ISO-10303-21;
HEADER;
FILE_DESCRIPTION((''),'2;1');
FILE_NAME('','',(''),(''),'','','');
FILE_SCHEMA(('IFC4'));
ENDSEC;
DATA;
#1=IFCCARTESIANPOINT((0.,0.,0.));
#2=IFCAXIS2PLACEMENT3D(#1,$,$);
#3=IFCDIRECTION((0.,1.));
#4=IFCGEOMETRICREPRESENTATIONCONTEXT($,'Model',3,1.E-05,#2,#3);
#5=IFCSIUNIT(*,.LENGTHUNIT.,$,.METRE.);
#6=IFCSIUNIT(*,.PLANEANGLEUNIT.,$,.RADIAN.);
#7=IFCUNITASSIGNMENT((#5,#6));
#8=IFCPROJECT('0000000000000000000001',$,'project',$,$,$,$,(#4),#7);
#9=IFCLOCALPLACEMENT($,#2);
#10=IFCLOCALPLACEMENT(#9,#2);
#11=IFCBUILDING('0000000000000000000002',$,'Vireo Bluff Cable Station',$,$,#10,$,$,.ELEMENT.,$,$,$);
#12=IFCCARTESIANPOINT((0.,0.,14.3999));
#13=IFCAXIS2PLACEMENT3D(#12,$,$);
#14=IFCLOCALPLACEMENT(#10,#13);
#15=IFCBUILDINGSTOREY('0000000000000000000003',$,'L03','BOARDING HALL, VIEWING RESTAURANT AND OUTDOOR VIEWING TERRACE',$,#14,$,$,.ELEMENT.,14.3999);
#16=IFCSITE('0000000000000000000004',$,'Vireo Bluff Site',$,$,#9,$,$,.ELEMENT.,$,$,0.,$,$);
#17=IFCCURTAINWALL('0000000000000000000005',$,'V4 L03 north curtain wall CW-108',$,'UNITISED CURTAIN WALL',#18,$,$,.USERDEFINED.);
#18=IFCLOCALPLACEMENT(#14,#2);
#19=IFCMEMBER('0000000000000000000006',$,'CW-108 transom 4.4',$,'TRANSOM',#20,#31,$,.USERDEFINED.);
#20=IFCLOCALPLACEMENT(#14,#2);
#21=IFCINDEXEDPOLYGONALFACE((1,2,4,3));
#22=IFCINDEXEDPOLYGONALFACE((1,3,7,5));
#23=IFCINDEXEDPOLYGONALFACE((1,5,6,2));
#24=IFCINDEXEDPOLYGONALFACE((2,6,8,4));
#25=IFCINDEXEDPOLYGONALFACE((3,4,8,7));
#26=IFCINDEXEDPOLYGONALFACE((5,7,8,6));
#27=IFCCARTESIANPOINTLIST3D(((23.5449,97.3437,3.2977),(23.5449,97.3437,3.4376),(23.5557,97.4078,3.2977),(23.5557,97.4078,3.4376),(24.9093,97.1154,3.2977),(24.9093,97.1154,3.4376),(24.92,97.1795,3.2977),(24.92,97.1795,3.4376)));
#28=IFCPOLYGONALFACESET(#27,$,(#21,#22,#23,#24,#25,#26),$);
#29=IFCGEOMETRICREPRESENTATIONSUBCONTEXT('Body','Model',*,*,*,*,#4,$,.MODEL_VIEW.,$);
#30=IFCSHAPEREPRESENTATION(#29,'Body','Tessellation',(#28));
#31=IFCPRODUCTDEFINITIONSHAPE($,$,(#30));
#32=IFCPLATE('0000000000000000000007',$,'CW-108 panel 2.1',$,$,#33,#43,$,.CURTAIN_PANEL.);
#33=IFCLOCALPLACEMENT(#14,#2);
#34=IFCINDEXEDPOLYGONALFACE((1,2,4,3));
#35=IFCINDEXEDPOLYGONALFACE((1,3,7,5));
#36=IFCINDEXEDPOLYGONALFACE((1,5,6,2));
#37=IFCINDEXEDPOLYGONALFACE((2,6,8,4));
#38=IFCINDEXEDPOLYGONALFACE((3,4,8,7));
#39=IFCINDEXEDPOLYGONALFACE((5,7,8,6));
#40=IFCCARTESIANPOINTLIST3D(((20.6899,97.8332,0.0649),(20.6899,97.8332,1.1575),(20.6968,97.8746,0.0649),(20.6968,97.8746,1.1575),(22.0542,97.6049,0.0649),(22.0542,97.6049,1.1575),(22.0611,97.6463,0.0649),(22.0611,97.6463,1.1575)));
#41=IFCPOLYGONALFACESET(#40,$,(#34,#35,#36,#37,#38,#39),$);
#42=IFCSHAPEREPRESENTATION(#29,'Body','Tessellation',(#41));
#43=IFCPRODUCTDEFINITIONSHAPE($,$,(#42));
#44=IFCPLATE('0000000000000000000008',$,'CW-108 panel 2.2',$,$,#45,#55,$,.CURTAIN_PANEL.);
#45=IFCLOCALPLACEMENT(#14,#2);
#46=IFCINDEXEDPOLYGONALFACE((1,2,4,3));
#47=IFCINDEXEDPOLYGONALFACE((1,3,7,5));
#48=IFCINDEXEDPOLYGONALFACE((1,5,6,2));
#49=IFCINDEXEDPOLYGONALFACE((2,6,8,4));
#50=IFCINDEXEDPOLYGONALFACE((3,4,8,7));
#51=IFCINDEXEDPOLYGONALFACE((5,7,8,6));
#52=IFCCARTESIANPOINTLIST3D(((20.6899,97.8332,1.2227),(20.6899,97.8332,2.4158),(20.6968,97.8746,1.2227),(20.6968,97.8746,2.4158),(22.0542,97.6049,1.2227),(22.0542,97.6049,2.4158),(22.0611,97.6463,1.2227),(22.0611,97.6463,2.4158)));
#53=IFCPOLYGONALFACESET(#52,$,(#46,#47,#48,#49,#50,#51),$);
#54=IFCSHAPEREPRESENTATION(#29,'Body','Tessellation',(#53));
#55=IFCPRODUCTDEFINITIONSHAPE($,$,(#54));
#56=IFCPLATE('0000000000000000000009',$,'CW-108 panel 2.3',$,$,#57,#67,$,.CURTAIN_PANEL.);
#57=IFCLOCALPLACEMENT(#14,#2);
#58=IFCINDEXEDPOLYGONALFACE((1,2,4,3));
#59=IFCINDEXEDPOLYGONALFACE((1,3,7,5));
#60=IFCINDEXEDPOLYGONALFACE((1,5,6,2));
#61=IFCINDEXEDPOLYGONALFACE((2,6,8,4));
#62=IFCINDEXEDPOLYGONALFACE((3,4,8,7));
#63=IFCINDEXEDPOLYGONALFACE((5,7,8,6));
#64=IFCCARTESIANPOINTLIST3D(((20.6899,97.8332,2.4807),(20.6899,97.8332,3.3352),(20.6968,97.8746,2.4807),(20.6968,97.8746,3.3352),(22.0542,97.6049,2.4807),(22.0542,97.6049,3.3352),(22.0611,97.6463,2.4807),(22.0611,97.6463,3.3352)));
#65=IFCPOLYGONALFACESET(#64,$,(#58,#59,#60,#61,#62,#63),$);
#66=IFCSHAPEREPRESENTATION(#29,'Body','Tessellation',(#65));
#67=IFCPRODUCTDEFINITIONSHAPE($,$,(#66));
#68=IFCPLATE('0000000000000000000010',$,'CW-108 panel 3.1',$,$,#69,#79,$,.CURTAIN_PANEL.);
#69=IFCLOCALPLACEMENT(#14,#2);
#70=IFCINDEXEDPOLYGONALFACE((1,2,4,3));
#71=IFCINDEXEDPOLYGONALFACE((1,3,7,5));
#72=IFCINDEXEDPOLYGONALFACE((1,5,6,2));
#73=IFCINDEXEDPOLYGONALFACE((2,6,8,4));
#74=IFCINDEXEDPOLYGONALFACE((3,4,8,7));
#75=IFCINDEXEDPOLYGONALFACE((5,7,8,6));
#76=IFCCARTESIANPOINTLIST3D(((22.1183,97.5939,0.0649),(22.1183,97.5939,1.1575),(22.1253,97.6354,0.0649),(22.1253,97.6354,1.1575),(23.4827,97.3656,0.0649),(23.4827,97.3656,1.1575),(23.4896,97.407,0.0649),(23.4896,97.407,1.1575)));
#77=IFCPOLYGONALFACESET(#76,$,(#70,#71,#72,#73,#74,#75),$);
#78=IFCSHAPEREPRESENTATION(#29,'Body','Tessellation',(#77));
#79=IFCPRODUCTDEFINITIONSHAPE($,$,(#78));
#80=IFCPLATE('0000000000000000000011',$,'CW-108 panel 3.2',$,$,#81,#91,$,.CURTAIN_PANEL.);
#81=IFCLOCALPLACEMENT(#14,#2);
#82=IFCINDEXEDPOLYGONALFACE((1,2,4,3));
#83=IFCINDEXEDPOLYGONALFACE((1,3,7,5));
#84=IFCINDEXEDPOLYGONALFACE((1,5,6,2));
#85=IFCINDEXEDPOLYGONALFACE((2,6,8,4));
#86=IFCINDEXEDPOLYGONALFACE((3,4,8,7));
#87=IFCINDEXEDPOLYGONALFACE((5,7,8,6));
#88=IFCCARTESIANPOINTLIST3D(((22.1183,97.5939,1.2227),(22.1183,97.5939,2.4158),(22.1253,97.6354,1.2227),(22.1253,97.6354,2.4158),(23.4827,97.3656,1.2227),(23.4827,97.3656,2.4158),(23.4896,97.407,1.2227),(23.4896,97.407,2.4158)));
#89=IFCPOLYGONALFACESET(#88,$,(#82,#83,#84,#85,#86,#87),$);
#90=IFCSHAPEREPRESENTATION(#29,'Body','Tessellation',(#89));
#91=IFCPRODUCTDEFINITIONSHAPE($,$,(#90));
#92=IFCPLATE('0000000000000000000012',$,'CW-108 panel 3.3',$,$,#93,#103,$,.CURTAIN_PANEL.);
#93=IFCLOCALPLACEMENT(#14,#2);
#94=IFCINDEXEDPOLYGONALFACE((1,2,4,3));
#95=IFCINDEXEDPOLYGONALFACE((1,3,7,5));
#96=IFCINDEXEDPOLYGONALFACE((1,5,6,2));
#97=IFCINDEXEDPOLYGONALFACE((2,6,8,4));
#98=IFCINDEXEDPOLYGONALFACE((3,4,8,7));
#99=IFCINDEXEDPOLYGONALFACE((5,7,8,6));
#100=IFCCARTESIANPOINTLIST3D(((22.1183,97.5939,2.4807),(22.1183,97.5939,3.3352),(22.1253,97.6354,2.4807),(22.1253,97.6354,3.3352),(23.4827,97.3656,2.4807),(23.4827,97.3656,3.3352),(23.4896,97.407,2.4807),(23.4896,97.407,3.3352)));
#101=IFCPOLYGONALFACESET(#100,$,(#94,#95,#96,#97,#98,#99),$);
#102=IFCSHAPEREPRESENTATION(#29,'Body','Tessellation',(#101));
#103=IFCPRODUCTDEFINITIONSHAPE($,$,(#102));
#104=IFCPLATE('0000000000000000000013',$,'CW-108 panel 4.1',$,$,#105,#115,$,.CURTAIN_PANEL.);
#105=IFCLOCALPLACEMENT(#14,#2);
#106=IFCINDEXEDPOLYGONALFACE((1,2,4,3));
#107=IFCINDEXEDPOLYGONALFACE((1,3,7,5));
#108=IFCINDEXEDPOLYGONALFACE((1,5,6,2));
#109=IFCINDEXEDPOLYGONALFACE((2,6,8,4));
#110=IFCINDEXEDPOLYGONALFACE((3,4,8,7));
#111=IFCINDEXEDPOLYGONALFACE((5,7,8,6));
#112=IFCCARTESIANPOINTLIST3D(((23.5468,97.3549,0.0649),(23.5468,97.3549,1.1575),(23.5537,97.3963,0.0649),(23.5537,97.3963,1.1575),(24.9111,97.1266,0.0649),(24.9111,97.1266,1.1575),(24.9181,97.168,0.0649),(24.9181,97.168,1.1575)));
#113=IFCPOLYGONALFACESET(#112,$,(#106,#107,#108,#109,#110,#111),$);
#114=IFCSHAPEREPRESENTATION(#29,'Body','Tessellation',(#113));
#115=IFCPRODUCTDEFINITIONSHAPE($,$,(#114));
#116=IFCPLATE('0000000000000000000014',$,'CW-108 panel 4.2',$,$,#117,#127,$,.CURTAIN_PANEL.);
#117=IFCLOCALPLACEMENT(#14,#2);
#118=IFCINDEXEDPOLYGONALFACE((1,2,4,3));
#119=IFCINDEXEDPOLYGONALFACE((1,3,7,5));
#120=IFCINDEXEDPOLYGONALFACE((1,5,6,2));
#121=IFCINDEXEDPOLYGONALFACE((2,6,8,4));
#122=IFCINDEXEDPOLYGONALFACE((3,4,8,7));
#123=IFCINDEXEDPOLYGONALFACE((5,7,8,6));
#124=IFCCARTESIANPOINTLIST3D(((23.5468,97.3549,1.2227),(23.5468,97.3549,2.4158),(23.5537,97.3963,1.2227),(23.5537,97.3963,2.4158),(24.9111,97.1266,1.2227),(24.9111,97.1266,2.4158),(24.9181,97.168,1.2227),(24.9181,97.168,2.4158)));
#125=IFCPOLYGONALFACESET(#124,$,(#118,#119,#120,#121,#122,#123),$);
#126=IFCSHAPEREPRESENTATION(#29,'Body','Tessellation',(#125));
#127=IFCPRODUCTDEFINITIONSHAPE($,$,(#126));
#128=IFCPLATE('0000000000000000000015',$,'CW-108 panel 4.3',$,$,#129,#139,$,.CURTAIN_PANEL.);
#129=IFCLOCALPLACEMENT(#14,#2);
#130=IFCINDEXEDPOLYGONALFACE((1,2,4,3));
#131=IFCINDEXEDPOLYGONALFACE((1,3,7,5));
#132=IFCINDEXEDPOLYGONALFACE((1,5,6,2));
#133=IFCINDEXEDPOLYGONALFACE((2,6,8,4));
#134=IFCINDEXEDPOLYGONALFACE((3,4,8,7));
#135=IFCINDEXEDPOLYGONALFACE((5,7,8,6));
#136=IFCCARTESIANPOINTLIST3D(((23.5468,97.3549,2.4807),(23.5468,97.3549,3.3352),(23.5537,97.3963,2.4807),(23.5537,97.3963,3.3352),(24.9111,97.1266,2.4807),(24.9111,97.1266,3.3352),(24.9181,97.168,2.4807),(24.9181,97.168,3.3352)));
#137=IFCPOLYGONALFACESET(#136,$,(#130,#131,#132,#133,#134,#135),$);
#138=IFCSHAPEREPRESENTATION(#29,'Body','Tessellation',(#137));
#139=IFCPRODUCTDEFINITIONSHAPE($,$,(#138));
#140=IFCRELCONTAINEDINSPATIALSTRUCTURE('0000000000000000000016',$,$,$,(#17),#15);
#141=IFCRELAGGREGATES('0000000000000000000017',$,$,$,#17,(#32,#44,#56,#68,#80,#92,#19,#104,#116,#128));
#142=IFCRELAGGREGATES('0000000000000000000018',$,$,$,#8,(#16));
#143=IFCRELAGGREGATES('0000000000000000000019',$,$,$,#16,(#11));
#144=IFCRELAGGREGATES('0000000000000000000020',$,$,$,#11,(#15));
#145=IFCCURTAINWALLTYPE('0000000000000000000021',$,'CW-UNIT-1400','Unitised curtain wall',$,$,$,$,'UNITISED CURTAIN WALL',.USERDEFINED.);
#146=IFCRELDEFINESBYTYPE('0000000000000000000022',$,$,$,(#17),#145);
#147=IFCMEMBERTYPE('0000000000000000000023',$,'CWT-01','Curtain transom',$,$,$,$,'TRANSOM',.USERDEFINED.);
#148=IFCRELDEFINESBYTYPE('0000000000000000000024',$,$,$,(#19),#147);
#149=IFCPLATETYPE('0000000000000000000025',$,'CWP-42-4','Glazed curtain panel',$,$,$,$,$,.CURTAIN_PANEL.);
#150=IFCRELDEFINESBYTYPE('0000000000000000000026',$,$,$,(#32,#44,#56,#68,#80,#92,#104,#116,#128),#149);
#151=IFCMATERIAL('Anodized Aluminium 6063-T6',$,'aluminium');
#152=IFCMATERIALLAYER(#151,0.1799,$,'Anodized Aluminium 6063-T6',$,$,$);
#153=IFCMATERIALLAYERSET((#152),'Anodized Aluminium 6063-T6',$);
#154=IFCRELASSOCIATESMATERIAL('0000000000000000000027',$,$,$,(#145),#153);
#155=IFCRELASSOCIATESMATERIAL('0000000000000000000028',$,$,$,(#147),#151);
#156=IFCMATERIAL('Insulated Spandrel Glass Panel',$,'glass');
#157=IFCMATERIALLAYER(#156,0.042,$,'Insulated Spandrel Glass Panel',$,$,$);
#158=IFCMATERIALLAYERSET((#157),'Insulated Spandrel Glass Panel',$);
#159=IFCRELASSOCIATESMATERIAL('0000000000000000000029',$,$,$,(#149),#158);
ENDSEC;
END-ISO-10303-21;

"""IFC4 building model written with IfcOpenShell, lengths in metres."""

from ifc_helpers import new_model, si_unit, direction, frame, origin, origin_2d, place, context, subcontext, project, spatial, rectangle, extrude, material, layer, layer_set, material_profile, profile_set, type_object, element, aggregate, save


model = new_model("IFC4")

# Units and contexts
model_context = context("Model", 3, precision=1e-05, world=origin(), true_north=direction((0.0, 1.0)))
body_context = subcontext(model_context, "Body", "Model", "MODEL_VIEW")
ifc_project = project(units=[si_unit("LENGTHUNIT", "METRE"), si_unit("PLANEANGLEUNIT", "RADIAN")], contexts=[model_context])

# Site, building, storey
site_placement = place(None, origin())
site = spatial("IfcSite", under=ifc_project, at=site_placement, Name="Vireo Bluff Site", CompositionType="ELEMENT", RefElevation=0.0)
building_placement = place(site_placement, origin())
building = spatial("IfcBuilding", under=site, at=building_placement, Name="Vireo Bluff Cable Station", CompositionType="ELEMENT")
storey_placement = place(building_placement, frame((0.0, 0.0, 14.3999)))
storey = spatial("IfcBuildingStorey", under=building, at=storey_placement, Name="L03", Description="BOARDING HALL, VIEWING RESTAURANT AND OUTDOOR VIEWING TERRACE", CompositionType="ELEMENT", Elevation=14.3999)

# Curtain wall, member, plates
ifc_material_1 = material(Name="Anodized Aluminium 6063-T6", Category="aluminium")
ifc_layer_1 = layer(ifc_material_1, 0.1799, Name="Anodized Aluminium 6063-T6")
ifc_layer_set_1 = layer_set([ifc_layer_1], Name="Anodized Aluminium 6063-T6")
curtain_wall_type = type_object("IfcCurtainWallType", Name="CW-UNIT-1400", Description="Unitised curtain wall", ElementType="UNITISED CURTAIN WALL", PredefinedType="USERDEFINED", material=ifc_layer_set_1)
curtain_wall_placement = place(storey_placement, origin())
curtain_wall = element("IfcCurtainWall", 1, at=curtain_wall_placement, inside=storey, type_object=curtain_wall_type, Name="V4 L03 north curtain wall CW-108", ObjectType="UNITISED CURTAIN WALL", PredefinedType="USERDEFINED")
ifc_material_profile_1 = material_profile(ifc_material_1, rectangle(XDim=0.0649, YDim=0.1399, at=origin_2d()), Name="ALU-T-65X140")
ifc_profile_set_1 = profile_set([ifc_material_profile_1], Name="Anodized Aluminium 6063-T6")
member_type_1 = type_object("IfcMemberType", Name="CWT-01", Description="Curtain transom", ElementType="TRANSOM", PredefinedType="USERDEFINED", material=ifc_profile_set_1)
member_1_placement = place(storey_placement, frame((23.5503, 97.3757, 3.3677), z_axis=(0.986289, -0.165029, 0.0), x_axis=(0.165029, 0.986289, 0.0)))
member_1 = element("IfcMember", 2, at=member_1_placement, type_object=member_type_1, Name="CW-108 transom 4.4", ObjectType="TRANSOM", PredefinedType="USERDEFINED", context=body_context, shape_type="SweptSolid", body=[
    extrude(rectangle(XDim=0.0649, YDim=0.1399, at=origin_2d()), origin(), (0.0, 0.0, 1.0), 1.3833),
])
ifc_material_2 = material(Name="Insulated Spandrel Glass Panel", Category="glass")
ifc_layer_2 = layer(ifc_material_2, 0.042, Name="Insulated Spandrel Glass Panel")
ifc_layer_set_2 = layer_set([ifc_layer_2], Name="Insulated Spandrel Glass Panel")
plate_type = type_object("IfcPlateType", Name="CWP-42-4", Description="Glazed curtain panel", PredefinedType="CURTAIN_PANEL", material=ifc_layer_set_2)
plate_1_placement = place(storey_placement, frame((21.3755, 97.7397, 0.0649), z_axis=(0.0, 0.0, 1.0), x_axis=(0.986286, -0.165048, 0.0)))
plate_1 = element("IfcPlate", 3, at=plate_1_placement, type_object=plate_type, Name="CW-108 panel 2.1", PredefinedType="CURTAIN_PANEL", context=body_context, shape_type="SweptSolid", body=[
    extrude(rectangle(XDim=1.3833, YDim=0.042, at=origin_2d()), origin(), (0.0, 0.0, 1.0), 1.0925),
])
plate_2_placement = place(storey_placement, frame((21.3755, 97.7397, 1.2227), z_axis=(0.0, 0.0, 1.0), x_axis=(0.986286, -0.165048, 0.0)))
plate_2 = element("IfcPlate", 4, at=plate_2_placement, type_object=plate_type, Name="CW-108 panel 2.2", PredefinedType="CURTAIN_PANEL", context=body_context, shape_type="SweptSolid", body=[
    extrude(rectangle(XDim=1.3833, YDim=0.042, at=origin_2d()), origin(), (0.0, 0.0, 1.0), 1.1931),
])
plate_3_placement = place(storey_placement, frame((21.3755, 97.7397, 2.4807), z_axis=(0.0, 0.0, 1.0), x_axis=(0.986286, -0.165048, 0.0)))
plate_3 = element("IfcPlate", 5, at=plate_3_placement, type_object=plate_type, Name="CW-108 panel 2.3", PredefinedType="CURTAIN_PANEL", context=body_context, shape_type="SweptSolid", body=[
    extrude(rectangle(XDim=1.3833, YDim=0.042, at=origin_2d()), origin(), (0.0, 0.0, 1.0), 0.8545),
])
plate_4_placement = place(storey_placement, frame((22.804, 97.5005, 0.0649), z_axis=(0.0, 0.0, 1.0), x_axis=(0.986286, -0.165048, 0.0)))
plate_4 = element("IfcPlate", 6, at=plate_4_placement, type_object=plate_type, Name="CW-108 panel 3.1", PredefinedType="CURTAIN_PANEL", context=body_context, shape_type="SweptSolid", body=[
    extrude(rectangle(XDim=1.3833, YDim=0.042, at=origin_2d()), origin(), (0.0, 0.0, 1.0), 1.0925),
])
plate_5_placement = place(storey_placement, frame((22.804, 97.5005, 1.2227), z_axis=(0.0, 0.0, 1.0), x_axis=(0.986286, -0.165048, 0.0)))
plate_5 = element("IfcPlate", 7, at=plate_5_placement, type_object=plate_type, Name="CW-108 panel 3.2", PredefinedType="CURTAIN_PANEL", context=body_context, shape_type="SweptSolid", body=[
    extrude(rectangle(XDim=1.3833, YDim=0.042, at=origin_2d()), origin(), (0.0, 0.0, 1.0), 1.1931),
])
plate_6_placement = place(storey_placement, frame((22.804, 97.5005, 2.4807), z_axis=(0.0, 0.0, 1.0), x_axis=(0.986286, -0.165048, 0.0)))
plate_6 = element("IfcPlate", 8, at=plate_6_placement, type_object=plate_type, Name="CW-108 panel 3.3", PredefinedType="CURTAIN_PANEL", context=body_context, shape_type="SweptSolid", body=[
    extrude(rectangle(XDim=1.3833, YDim=0.042, at=origin_2d()), origin(), (0.0, 0.0, 1.0), 0.8545),
])
plate_7_placement = place(storey_placement, frame((24.2324, 97.2615, 0.0649), z_axis=(0.0, 0.0, 1.0), x_axis=(0.986286, -0.165048, 0.0)))
plate_7 = element("IfcPlate", 9, at=plate_7_placement, type_object=plate_type, Name="CW-108 panel 4.1", PredefinedType="CURTAIN_PANEL", context=body_context, shape_type="SweptSolid", body=[
    extrude(rectangle(XDim=1.3833, YDim=0.042, at=origin_2d()), origin(), (0.0, 0.0, 1.0), 1.0925),
])
plate_8_placement = place(storey_placement, frame((24.2324, 97.2615, 1.2227), z_axis=(0.0, 0.0, 1.0), x_axis=(0.986286, -0.165048, 0.0)))
plate_8 = element("IfcPlate", 10, at=plate_8_placement, type_object=plate_type, Name="CW-108 panel 4.2", PredefinedType="CURTAIN_PANEL", context=body_context, shape_type="SweptSolid", body=[
    extrude(rectangle(XDim=1.3833, YDim=0.042, at=origin_2d()), origin(), (0.0, 0.0, 1.0), 1.1931),
])
plate_9_placement = place(storey_placement, frame((24.2324, 97.2615, 2.4807), z_axis=(0.0, 0.0, 1.0), x_axis=(0.986286, -0.165048, 0.0)))
plate_9 = element("IfcPlate", 11, at=plate_9_placement, type_object=plate_type, Name="CW-108 panel 4.3", PredefinedType="CURTAIN_PANEL", context=body_context, shape_type="SweptSolid", body=[
    extrude(rectangle(XDim=1.3833, YDim=0.042, at=origin_2d()), origin(), (0.0, 0.0, 1.0), 0.8545),
])
aggregate(curtain_wall, [plate_1, plate_2, plate_3, plate_4, plate_5, plate_6, member_1, plate_7, plate_8, plate_9])

save(model, "model.ifc")
